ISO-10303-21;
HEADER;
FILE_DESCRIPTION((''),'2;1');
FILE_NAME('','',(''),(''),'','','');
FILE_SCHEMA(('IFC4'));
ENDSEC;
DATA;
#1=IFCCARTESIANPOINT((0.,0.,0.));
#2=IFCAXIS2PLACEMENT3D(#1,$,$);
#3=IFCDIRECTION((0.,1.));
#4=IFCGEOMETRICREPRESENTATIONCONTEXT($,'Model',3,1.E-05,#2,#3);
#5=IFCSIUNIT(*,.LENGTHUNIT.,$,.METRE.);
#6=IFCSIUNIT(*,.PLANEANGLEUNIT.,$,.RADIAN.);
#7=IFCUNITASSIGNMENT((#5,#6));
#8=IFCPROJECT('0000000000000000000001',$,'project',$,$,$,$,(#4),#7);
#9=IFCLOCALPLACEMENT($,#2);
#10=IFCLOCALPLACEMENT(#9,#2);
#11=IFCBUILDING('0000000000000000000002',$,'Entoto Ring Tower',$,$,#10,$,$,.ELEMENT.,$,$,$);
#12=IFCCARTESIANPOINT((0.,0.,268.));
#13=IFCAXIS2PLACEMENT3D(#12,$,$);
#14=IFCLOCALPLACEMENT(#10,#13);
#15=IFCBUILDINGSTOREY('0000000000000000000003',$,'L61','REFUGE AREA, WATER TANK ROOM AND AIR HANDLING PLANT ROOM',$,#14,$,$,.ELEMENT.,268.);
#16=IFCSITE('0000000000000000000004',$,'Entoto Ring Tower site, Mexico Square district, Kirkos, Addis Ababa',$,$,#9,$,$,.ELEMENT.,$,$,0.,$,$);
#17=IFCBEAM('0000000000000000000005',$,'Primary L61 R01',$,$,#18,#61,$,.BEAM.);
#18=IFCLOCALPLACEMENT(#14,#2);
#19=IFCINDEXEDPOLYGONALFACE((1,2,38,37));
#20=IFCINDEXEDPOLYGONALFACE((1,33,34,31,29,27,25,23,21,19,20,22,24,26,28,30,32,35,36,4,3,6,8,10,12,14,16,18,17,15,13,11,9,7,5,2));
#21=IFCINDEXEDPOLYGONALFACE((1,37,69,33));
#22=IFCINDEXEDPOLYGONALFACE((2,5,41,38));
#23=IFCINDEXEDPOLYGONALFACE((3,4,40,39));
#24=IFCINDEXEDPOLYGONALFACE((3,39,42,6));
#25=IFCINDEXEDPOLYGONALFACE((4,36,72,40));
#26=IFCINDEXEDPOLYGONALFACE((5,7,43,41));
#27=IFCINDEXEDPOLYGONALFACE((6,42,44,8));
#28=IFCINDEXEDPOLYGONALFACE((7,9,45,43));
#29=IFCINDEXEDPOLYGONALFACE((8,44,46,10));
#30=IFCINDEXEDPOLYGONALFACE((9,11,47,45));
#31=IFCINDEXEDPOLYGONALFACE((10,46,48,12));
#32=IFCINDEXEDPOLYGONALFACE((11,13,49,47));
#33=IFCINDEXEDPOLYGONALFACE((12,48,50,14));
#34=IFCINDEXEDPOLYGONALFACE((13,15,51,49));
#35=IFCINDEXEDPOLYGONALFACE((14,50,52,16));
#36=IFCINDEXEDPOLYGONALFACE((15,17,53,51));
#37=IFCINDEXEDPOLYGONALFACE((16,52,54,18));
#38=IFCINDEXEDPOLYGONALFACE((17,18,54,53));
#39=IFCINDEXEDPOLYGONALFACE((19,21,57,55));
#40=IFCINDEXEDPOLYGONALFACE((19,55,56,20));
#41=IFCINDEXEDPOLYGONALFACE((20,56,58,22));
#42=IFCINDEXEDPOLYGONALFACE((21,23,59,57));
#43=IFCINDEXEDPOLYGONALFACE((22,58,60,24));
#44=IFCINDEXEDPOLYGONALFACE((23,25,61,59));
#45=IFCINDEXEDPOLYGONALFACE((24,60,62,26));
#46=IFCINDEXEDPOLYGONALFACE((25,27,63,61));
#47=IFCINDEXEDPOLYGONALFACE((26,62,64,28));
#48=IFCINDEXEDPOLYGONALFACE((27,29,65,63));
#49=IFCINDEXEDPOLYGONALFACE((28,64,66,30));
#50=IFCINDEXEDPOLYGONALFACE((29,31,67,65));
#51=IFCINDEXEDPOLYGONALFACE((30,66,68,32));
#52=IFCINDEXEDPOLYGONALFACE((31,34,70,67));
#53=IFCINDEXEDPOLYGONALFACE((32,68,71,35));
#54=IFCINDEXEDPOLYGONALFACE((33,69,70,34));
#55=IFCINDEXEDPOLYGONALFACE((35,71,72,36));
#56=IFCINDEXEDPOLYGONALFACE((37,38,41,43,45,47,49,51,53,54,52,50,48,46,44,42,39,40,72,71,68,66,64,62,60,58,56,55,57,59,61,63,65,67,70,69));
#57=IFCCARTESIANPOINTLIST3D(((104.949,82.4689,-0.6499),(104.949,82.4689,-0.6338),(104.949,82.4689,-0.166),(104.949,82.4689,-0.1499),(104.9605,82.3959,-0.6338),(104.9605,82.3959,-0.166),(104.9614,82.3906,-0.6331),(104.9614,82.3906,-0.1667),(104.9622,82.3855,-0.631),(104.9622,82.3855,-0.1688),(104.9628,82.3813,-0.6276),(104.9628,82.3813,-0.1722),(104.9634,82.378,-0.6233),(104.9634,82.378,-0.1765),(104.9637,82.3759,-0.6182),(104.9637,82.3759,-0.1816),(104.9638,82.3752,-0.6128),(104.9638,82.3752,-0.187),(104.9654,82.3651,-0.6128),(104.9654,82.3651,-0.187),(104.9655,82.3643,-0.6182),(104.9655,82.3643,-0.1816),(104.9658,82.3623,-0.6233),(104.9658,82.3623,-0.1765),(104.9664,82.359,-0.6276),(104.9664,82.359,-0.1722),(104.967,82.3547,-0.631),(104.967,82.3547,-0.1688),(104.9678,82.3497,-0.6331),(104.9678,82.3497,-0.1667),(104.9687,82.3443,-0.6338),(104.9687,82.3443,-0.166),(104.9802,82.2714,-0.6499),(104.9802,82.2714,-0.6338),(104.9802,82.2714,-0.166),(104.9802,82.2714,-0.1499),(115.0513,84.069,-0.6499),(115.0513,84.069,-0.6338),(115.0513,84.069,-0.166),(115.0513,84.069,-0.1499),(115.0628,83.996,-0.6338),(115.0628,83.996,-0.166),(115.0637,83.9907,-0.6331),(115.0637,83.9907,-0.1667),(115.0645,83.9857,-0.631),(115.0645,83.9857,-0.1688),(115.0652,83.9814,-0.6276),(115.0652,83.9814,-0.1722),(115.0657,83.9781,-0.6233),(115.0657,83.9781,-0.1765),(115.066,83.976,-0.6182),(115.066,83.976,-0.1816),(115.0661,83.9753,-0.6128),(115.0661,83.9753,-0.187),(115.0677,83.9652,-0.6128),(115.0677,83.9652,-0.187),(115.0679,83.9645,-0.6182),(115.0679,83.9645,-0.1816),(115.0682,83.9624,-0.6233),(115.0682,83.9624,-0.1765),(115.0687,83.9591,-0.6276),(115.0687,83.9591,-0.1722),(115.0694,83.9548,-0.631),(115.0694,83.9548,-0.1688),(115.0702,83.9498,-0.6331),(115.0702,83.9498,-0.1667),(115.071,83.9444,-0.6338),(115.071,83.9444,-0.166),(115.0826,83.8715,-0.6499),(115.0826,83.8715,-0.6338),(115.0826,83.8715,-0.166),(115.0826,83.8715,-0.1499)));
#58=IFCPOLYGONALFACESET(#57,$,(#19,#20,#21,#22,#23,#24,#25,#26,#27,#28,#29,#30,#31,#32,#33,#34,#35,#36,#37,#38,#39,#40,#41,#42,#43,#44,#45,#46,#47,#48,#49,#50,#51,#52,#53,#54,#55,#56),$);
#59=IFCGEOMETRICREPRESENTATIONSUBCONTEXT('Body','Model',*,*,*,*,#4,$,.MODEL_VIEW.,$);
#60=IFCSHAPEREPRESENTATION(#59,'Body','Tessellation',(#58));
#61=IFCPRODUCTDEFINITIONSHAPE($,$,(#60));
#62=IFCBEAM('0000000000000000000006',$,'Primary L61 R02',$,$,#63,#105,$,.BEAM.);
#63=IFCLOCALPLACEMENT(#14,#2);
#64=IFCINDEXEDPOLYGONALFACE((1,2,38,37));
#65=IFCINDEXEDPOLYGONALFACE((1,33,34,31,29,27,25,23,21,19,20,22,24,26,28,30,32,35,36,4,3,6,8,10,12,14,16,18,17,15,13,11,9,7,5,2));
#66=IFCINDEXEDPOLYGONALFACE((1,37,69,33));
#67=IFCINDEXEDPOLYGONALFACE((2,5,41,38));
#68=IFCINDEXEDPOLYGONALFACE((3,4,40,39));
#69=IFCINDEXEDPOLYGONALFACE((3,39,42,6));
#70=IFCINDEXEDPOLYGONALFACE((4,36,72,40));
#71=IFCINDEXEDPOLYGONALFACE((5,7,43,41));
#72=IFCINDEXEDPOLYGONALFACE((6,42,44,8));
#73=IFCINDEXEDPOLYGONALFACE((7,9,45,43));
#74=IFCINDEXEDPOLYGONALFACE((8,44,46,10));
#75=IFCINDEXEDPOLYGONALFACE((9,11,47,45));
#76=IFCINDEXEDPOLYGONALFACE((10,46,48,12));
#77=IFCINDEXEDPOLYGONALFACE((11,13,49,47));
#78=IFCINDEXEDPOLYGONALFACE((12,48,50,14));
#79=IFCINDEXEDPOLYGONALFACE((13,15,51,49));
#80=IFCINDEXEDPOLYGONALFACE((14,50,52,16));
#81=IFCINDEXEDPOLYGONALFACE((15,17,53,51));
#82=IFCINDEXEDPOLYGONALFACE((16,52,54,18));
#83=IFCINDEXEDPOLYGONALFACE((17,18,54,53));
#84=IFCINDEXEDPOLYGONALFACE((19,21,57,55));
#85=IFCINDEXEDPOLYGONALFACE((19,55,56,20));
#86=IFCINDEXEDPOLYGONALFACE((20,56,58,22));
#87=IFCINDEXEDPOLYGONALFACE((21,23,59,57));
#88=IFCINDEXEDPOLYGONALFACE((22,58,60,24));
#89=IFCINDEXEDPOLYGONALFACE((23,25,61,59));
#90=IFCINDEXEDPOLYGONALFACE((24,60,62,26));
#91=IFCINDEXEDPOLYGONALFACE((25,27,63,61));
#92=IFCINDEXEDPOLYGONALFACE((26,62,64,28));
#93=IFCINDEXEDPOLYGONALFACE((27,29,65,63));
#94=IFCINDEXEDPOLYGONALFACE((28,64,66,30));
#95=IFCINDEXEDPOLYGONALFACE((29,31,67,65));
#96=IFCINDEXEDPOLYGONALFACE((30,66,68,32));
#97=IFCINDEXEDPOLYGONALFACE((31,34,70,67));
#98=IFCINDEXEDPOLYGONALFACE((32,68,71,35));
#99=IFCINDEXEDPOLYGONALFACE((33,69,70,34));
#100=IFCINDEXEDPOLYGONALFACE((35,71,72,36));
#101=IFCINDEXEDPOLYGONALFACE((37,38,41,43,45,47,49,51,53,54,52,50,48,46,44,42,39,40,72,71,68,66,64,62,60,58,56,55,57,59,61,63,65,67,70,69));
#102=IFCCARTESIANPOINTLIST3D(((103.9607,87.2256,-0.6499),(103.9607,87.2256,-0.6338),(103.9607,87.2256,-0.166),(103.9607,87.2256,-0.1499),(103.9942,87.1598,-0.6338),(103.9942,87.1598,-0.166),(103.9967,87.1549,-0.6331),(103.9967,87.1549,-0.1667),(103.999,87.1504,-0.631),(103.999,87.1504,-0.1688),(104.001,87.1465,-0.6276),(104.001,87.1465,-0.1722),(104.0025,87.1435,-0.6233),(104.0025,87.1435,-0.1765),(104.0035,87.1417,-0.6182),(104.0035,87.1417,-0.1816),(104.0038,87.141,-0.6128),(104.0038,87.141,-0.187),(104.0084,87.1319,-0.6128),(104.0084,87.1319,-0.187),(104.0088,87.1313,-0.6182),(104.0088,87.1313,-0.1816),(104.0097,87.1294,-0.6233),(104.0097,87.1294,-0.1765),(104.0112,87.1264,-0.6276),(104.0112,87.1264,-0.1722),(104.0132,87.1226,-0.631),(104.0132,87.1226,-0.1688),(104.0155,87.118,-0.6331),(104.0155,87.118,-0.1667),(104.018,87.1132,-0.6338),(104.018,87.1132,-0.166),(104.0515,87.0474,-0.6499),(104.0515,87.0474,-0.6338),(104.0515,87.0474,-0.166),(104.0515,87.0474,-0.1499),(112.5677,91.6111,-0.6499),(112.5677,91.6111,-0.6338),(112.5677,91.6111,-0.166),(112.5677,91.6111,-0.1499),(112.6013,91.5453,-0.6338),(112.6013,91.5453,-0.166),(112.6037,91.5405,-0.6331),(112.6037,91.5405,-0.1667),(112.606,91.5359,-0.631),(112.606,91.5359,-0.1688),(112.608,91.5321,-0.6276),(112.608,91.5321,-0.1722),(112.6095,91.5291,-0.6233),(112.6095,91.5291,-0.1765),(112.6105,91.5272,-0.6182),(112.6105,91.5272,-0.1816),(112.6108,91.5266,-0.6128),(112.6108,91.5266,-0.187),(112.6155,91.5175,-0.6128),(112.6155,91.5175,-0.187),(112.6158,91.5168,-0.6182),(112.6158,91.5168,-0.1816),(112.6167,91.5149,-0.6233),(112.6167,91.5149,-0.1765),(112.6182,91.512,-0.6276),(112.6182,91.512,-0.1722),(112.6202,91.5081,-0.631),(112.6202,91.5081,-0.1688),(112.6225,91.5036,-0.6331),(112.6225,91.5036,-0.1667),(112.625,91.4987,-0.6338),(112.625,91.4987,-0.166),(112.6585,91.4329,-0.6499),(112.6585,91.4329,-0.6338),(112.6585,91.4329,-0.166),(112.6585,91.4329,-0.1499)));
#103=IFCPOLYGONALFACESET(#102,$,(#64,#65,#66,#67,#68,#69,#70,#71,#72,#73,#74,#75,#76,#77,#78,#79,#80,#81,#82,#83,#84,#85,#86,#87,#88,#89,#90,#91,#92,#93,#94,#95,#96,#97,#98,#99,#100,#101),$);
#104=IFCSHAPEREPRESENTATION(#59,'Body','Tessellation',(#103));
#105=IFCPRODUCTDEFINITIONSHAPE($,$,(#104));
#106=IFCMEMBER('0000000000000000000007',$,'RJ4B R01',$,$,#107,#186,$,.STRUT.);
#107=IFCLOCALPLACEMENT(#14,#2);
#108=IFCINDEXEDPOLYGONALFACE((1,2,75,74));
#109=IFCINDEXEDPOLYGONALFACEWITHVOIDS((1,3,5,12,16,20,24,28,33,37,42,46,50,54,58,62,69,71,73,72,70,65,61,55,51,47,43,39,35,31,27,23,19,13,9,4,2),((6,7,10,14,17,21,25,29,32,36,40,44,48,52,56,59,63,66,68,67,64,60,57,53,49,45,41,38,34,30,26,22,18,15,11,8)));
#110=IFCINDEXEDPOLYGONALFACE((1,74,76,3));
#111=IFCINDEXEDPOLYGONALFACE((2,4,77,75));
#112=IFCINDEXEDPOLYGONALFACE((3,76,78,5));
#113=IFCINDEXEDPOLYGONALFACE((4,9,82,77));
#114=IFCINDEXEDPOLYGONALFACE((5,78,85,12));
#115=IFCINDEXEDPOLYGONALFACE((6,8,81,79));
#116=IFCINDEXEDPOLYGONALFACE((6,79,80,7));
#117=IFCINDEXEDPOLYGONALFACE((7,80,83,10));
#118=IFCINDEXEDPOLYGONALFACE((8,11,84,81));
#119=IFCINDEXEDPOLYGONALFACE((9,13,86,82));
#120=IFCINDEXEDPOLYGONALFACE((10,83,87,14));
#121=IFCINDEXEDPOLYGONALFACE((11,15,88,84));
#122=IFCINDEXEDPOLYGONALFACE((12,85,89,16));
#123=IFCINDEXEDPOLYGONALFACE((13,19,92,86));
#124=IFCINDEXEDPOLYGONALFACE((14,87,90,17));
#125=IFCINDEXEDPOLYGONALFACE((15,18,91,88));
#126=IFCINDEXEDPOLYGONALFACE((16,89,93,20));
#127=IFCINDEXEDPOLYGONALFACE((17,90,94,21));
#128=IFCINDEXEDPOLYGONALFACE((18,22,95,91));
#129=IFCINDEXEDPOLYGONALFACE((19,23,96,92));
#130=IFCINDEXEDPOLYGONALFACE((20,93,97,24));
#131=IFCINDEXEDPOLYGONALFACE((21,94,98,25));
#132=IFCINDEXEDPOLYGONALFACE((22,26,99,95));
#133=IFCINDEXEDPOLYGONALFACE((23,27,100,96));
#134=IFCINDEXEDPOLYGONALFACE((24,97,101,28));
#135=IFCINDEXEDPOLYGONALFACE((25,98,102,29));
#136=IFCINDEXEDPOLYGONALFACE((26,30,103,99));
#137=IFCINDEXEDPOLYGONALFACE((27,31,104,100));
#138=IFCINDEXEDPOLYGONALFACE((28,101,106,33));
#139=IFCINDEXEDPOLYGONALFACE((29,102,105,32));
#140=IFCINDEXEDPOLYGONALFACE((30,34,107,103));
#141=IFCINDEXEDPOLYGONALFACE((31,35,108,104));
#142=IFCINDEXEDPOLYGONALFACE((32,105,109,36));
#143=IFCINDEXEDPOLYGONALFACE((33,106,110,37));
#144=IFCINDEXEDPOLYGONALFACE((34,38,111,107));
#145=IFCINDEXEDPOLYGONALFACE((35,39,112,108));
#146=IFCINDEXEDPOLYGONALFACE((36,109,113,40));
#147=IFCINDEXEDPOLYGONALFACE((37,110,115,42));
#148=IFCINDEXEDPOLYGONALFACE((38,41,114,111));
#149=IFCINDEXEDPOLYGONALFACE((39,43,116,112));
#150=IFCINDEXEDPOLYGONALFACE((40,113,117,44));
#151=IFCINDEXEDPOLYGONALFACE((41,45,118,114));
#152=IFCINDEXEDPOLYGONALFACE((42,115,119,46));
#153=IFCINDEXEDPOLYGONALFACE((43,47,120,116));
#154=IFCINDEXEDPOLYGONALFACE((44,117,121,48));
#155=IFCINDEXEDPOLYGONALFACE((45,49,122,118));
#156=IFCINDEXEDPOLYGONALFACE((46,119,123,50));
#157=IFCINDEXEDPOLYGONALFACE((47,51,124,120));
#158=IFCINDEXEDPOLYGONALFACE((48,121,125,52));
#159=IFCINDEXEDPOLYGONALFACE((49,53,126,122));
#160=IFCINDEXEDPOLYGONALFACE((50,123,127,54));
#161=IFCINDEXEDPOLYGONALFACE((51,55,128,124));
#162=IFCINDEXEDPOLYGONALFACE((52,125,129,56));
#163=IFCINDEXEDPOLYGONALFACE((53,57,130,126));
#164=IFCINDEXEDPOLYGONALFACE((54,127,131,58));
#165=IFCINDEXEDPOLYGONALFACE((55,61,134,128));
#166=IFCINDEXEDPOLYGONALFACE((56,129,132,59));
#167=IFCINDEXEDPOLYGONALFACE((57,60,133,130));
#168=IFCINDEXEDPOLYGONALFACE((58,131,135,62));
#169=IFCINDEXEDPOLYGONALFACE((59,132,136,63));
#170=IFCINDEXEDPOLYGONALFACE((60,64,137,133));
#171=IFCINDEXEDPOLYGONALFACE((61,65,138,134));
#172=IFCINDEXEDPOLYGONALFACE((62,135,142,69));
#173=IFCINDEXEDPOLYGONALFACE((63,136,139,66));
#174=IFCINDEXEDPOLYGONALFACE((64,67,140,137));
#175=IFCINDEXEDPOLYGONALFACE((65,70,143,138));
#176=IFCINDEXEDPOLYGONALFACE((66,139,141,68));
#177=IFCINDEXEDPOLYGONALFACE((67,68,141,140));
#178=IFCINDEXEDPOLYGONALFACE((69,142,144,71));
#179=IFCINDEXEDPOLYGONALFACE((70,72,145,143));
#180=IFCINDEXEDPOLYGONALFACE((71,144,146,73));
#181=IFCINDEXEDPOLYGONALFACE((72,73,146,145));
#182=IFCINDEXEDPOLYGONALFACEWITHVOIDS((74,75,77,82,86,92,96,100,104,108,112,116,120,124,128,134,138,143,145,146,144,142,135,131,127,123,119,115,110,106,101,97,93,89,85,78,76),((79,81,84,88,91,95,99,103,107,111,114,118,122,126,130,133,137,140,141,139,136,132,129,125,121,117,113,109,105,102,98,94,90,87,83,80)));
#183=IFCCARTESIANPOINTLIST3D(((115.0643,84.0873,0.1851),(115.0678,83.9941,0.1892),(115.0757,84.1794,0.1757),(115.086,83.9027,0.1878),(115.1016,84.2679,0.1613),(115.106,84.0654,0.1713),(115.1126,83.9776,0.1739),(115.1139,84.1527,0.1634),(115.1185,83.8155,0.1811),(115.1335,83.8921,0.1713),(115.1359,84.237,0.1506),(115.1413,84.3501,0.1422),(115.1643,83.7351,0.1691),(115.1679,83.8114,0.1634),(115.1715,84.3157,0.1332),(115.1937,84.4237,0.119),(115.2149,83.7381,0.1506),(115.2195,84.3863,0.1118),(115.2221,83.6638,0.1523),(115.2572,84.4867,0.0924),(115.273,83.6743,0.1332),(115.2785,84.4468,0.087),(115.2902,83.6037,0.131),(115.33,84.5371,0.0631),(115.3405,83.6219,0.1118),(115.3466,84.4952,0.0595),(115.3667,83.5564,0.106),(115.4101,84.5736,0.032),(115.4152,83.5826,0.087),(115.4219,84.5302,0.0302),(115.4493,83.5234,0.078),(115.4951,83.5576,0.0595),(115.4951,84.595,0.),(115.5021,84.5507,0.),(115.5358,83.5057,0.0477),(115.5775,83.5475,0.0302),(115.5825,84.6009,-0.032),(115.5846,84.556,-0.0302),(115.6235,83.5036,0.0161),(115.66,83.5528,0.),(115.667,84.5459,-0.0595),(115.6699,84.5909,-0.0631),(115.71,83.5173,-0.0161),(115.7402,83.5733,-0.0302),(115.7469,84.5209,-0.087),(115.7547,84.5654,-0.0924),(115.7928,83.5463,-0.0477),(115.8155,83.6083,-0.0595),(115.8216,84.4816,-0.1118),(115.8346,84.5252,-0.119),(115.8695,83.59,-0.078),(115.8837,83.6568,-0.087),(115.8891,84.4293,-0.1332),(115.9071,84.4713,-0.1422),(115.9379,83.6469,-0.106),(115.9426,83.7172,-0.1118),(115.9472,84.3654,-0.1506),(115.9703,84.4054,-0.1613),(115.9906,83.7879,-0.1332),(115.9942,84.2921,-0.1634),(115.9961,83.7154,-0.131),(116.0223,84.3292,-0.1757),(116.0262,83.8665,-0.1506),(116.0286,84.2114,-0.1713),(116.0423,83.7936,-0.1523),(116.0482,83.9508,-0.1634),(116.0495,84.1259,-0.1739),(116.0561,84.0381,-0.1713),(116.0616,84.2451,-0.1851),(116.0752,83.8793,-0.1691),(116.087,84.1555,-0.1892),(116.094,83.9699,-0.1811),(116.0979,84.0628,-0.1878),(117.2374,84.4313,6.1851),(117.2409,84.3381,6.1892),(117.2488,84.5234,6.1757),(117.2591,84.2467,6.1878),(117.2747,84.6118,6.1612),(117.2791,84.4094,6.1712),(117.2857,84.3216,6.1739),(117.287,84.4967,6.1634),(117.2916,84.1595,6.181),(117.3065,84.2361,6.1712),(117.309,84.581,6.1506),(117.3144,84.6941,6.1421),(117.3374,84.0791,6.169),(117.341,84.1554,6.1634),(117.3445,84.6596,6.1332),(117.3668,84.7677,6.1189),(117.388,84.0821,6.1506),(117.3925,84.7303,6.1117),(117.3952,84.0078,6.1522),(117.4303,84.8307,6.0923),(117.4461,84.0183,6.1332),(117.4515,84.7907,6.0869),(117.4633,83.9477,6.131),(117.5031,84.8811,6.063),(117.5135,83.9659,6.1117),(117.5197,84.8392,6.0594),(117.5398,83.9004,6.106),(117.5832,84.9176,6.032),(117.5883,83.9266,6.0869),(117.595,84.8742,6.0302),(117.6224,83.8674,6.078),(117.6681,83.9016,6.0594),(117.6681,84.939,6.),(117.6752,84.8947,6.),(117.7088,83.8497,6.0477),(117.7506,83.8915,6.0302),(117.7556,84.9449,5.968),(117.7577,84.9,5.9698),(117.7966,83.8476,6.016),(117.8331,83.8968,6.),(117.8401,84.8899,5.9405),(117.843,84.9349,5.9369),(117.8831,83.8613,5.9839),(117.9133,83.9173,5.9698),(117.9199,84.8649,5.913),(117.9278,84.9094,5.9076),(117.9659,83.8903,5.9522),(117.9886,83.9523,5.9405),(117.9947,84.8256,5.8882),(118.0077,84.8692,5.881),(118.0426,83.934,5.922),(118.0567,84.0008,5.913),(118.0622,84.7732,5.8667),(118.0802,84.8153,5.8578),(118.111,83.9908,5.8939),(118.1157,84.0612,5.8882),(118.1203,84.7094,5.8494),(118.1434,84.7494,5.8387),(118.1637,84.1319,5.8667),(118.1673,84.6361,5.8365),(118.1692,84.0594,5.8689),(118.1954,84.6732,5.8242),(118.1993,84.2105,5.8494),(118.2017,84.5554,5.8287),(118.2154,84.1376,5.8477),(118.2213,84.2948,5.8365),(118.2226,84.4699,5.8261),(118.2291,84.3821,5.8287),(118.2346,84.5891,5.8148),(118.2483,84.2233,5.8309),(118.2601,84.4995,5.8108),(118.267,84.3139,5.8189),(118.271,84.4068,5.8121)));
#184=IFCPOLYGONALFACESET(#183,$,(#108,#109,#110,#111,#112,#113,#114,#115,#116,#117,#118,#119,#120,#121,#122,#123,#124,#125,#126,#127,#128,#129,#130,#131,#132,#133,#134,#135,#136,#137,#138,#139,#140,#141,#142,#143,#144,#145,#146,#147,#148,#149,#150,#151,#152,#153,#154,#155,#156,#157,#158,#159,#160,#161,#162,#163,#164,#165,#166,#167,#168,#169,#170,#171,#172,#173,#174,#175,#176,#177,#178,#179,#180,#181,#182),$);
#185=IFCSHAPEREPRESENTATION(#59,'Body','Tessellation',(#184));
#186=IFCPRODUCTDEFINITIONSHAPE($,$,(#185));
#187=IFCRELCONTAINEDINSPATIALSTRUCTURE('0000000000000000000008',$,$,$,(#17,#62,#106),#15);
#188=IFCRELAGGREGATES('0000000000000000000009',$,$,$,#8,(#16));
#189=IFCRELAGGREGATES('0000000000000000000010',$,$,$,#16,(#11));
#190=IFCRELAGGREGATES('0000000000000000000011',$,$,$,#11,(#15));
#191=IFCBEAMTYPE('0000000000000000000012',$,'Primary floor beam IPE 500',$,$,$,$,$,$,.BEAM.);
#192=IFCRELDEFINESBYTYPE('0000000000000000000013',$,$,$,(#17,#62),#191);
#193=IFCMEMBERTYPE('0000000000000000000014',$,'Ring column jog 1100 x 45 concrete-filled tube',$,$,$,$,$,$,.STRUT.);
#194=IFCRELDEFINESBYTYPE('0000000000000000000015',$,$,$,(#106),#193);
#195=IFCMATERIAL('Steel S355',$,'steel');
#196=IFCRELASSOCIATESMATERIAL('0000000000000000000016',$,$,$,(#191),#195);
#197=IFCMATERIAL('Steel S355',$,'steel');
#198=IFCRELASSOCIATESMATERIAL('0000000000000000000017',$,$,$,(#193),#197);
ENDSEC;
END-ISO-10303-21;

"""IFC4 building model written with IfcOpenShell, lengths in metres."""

from ifc_helpers import new_model, si_unit, direction, frame, origin, origin_2d, place, context, subcontext, project, spatial, circle, hollow_circle, i_section, extrude, material, material_profile, profile_set, type_object, element, save


model = new_model("IFC4")

# Units and contexts
model_context = context("Model", 3, precision=1e-05, world=origin(), true_north=direction((0.0, 1.0)))
body_context = subcontext(model_context, "Body", "Model", "MODEL_VIEW")
ifc_project = project(units=[si_unit("LENGTHUNIT", "METRE"), si_unit("PLANEANGLEUNIT", "RADIAN")], contexts=[model_context])

# Site, building, storey
site_placement = place(None, origin())
site = spatial("IfcSite", under=ifc_project, at=site_placement, Name="Entoto Ring Tower site, Mexico Square district, Kirkos, Addis Ababa", CompositionType="ELEMENT", RefElevation=0.0)
building_placement = place(site_placement, origin())
building = spatial("IfcBuilding", under=site, at=building_placement, Name="Entoto Ring Tower", CompositionType="ELEMENT")
storey_placement = place(building_placement, frame((0.0, 0.0, 268.0)))
storey = spatial("IfcBuildingStorey", under=building, at=storey_placement, Name="L61", Description="REFUGE AREA, WATER TANK ROOM AND AIR HANDLING PLANT ROOM", CompositionType="ELEMENT", Elevation=268.0)

# Beams
ifc_material_1 = material(Name="Steel S355", Category="steel")
ifc_material_profile_1 = material_profile(ifc_material_1, i_section(OverallWidth=0.2, OverallDepth=0.5, WebThickness=0.0103, FlangeThickness=0.0161, FilletRadius=0.021, at=origin_2d()), Name="IPE 500")
ifc_profile_set_1 = profile_set([ifc_material_profile_1], Name="Steel S355")
beam_type_1 = type_object("IfcBeamType", Name="Primary floor beam IPE 500", PredefinedType="BEAM", material=ifc_profile_set_1)
beam_1_placement = place(storey_placement, frame((104.9646, 82.3701, -0.3999), z_axis=(0.987688, 0.156439, 0.0), x_axis=(-0.156439, 0.987688, 0.0)))
element("IfcBeam", 1, at=beam_1_placement, inside=storey, type_object=beam_type_1, Name="Primary L61 R01", PredefinedType="BEAM", context=body_context, shape_type="SweptSolid", body=[
    extrude(i_section(OverallWidth=0.2, OverallDepth=0.5, WebThickness=0.0103, FlangeThickness=0.0161, FilletRadius=0.021, at=origin_2d()), origin(), (0.0, 0.0, 1.0), 10.2283),
])
beam_2_placement = place(storey_placement, frame((104.0061, 87.1365, -0.3999), z_axis=(0.891005, 0.453994, 0.0), x_axis=(-0.453994, 0.891005, 0.0)))
element("IfcBeam", 2, at=beam_2_placement, inside=storey, type_object=beam_type_1, Name="Primary L61 R02", PredefinedType="BEAM", context=body_context, shape_type="SweptSolid", body=[
    extrude(i_section(OverallWidth=0.2, OverallDepth=0.5, WebThickness=0.0103, FlangeThickness=0.0161, FilletRadius=0.021, at=origin_2d()), origin(), (0.0, 0.0, 1.0), 9.6599),
])

# Member
ifc_material_2 = material(Name="Steel S355", Category="steel")
ifc_material_profile_2 = material_profile(ifc_material_2, hollow_circle(Radius=0.55, WallThickness=0.0449, at=origin_2d()), Name="CHS 1100 x 45")
ifc_material_3 = material(Name="Concrete C60/75", Category="concrete")
ifc_material_profile_3 = material_profile(ifc_material_3, circle(Radius=0.5049, at=origin_2d()), Name="Concrete C60/75 infill")
ifc_profile_set_2 = profile_set([ifc_material_profile_2, ifc_material_profile_3], Name="Steel S355")
member_type_1 = type_object("IfcMemberType", Name="Ring column jog 1100 x 45 concrete-filled tube", PredefinedType="STRUT", material=ifc_profile_set_2)
for number, where, z_axis, x_axis, name in (
    (3, (115.5811, 84.0518, 0.0), (0.340042, 0.053828, 0.938869), (-0.15635, 0.987702, 0.0), "RJ4B R01"),
):
    element("IfcMember", number, at=place(storey_placement, frame(where, z_axis=z_axis, x_axis=x_axis)), inside=storey, type_object=member_type_1, Name=name, PredefinedType="STRUT", context=body_context, shape_type="SweptSolid", body=[
        extrude(hollow_circle(Radius=0.55, WallThickness=0.0449, at=origin_2d()), origin(), (0.0, 0.0, 1.0), 6.3906),
    ])

save(model, "model.ifc")
